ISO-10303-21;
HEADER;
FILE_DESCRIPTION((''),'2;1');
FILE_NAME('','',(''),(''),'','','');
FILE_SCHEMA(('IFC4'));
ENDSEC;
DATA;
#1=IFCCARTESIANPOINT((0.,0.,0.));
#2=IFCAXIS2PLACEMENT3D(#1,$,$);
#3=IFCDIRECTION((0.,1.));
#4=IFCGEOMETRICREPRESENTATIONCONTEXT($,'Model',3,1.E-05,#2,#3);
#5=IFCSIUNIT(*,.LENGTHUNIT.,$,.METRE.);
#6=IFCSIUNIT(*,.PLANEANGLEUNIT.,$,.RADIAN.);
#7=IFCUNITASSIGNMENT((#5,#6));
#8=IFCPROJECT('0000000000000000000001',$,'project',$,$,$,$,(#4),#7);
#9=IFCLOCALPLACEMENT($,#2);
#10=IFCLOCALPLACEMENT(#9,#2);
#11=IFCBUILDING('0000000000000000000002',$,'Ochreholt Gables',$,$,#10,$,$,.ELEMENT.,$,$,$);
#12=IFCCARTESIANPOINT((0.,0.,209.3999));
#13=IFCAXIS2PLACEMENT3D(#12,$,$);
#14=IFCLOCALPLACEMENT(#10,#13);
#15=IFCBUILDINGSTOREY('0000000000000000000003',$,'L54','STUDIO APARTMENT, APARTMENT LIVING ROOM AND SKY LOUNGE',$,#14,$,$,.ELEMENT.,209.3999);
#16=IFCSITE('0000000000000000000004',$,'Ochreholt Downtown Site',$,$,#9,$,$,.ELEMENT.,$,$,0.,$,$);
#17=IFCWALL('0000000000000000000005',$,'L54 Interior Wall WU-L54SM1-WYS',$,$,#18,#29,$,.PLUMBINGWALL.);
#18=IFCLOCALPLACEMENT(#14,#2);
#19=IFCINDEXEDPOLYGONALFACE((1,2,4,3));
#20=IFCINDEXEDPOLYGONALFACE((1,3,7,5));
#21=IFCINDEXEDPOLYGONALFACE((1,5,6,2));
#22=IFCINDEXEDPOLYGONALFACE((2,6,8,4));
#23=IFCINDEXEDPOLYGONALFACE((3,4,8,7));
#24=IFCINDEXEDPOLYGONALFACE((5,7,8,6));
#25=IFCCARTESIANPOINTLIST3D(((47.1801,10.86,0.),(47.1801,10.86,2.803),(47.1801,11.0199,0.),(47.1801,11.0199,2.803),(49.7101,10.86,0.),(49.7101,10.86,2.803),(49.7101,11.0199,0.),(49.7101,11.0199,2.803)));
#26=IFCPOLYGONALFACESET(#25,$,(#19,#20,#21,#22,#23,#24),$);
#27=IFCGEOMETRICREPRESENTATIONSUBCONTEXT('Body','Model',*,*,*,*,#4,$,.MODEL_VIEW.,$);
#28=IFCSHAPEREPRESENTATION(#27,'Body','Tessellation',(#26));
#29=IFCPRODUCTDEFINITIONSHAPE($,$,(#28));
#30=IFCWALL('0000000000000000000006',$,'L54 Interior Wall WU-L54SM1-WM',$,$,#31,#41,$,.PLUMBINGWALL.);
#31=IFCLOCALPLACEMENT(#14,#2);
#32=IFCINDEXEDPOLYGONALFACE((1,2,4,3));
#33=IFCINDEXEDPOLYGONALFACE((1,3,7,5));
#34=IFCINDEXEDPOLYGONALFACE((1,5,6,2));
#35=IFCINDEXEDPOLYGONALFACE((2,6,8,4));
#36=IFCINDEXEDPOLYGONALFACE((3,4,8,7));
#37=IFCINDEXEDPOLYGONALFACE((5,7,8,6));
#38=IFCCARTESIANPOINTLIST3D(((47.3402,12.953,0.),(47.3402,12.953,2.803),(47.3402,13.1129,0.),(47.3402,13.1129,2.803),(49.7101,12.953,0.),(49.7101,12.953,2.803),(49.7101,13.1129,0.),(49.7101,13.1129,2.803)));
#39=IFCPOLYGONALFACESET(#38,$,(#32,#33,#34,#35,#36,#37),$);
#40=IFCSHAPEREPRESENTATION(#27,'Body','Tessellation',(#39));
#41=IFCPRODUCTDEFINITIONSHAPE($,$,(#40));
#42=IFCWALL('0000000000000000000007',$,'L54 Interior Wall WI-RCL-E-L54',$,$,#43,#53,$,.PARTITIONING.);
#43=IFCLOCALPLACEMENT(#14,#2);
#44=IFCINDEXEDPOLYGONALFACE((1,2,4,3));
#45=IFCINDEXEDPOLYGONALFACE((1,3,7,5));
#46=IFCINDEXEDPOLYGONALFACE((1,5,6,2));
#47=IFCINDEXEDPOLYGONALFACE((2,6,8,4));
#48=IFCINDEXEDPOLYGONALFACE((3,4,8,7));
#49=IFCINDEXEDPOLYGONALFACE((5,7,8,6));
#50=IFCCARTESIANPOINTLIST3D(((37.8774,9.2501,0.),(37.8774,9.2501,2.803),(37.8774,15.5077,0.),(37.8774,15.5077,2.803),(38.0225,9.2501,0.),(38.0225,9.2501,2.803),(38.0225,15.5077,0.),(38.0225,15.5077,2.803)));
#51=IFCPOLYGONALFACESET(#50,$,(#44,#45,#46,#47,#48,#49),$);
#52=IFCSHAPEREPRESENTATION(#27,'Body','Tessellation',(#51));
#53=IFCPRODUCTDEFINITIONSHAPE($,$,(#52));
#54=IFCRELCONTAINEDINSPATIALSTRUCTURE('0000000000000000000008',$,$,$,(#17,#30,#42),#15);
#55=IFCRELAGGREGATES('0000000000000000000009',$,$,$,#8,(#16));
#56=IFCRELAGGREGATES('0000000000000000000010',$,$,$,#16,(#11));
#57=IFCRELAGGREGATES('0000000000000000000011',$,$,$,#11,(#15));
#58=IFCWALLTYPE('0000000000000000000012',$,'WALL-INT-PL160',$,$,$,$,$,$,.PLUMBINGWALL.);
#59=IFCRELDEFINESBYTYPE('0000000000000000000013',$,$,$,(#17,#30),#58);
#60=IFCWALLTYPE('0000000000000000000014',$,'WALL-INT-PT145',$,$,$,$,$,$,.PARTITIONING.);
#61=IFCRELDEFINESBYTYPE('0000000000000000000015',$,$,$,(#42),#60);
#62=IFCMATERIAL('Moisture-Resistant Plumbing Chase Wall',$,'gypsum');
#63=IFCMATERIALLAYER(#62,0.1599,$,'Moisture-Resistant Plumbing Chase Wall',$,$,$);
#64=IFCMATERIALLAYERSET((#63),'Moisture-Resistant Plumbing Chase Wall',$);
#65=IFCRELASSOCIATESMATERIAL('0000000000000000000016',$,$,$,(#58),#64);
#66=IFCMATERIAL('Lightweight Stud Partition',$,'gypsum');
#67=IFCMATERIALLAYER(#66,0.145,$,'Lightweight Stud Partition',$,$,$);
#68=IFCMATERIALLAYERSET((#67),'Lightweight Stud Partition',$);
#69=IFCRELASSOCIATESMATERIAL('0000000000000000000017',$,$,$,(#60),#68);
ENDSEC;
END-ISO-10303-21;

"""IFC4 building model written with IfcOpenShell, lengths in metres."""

from ifc_helpers import new_model, si_unit, direction, frame, frame_2d, origin, place, context, subcontext, project, spatial, rectangle, extrude, material, layer, layer_set, type_object, element, save


model = new_model("IFC4")

# Units and contexts
model_context = context("Model", 3, precision=1e-05, world=origin(), true_north=direction((0.0, 1.0)))
body_context = subcontext(model_context, "Body", "Model", "MODEL_VIEW")
ifc_project = project(units=[si_unit("LENGTHUNIT", "METRE"), si_unit("PLANEANGLEUNIT", "RADIAN")], contexts=[model_context])

# Site, building, storey
site_placement = place(None, origin())
site = spatial("IfcSite", under=ifc_project, at=site_placement, Name="Ochreholt Downtown Site", CompositionType="ELEMENT", RefElevation=0.0)
building_placement = place(site_placement, origin())
building = spatial("IfcBuilding", under=site, at=building_placement, Name="Ochreholt Gables", CompositionType="ELEMENT")
storey_placement = place(building_placement, frame((0.0, 0.0, 209.3999)))
storey = spatial("IfcBuildingStorey", under=building, at=storey_placement, Name="L54", Description="STUDIO APARTMENT, APARTMENT LIVING ROOM AND SKY LOUNGE", CompositionType="ELEMENT", Elevation=209.3999)

# Wall
ifc_material_1 = material(Name="Moisture-Resistant Plumbing Chase Wall", Category="gypsum")
ifc_layer_1 = layer(ifc_material_1, 0.1599, Name="Moisture-Resistant Plumbing Chase Wall")
ifc_layer_set_1 = layer_set([ifc_layer_1], Name="Moisture-Resistant Plumbing Chase Wall")
wall_type_1 = type_object("IfcWallType", Name="WALL-INT-PL160", PredefinedType="PLUMBINGWALL", material=ifc_layer_set_1)
wall_1_placement = place(storey_placement, frame((47.1799, 10.9399, 0.0), z_axis=(0.0, 0.0, 1.0), x_axis=(1.0, 0.0, 0.0)))
element("IfcWall", 1, at=wall_1_placement, inside=storey, type_object=wall_type_1, Name="L54 Interior Wall WU-L54SM1-WYS", PredefinedType="PLUMBINGWALL", context=body_context, shape_type="SweptSolid", body=[
    extrude(rectangle(XDim=2.53, YDim=0.1599, at=frame_2d((1.2651, 0.0))), origin(), (0.0, 0.0, 1.0), 2.803),
])

# Walls
wall_2_placement = place(storey_placement, frame((47.3401, 13.033, 0.0), z_axis=(0.0, 0.0, 1.0), x_axis=(1.0, 0.0, 0.0)))
element("IfcWall", 2, at=wall_2_placement, inside=storey, type_object=wall_type_1, Name="L54 Interior Wall WU-L54SM1-WM", PredefinedType="PLUMBINGWALL", context=body_context, shape_type="SweptSolid", body=[
    extrude(rectangle(XDim=2.3699, YDim=0.1599, at=frame_2d((1.1851, 0.0))), origin(), (0.0, 0.0, 1.0), 2.803),
])
ifc_material_2 = material(Name="Lightweight Stud Partition", Category="gypsum")
ifc_layer_2 = layer(ifc_material_2, 0.145, Name="Lightweight Stud Partition")
ifc_layer_set_2 = layer_set([ifc_layer_2], Name="Lightweight Stud Partition")
wall_type_2 = type_object("IfcWallType", Name="WALL-INT-PT145", PredefinedType="PARTITIONING", material=ifc_layer_set_2)
wall_3_placement = place(storey_placement, frame((37.95, 9.25, 0.0), z_axis=(0.0, 0.0, 1.0), x_axis=(0.0, 1.0, 0.0)))
element("IfcWall", 3, at=wall_3_placement, inside=storey, type_object=wall_type_2, Name="L54 Interior Wall WI-RCL-E-L54", PredefinedType="PARTITIONING", context=body_context, shape_type="SweptSolid", body=[
    extrude(rectangle(XDim=6.2576, YDim=0.145, at=frame_2d((3.1289, 0.0))), origin(), (0.0, 0.0, 1.0), 2.803),
])

save(model, "model.ifc")
